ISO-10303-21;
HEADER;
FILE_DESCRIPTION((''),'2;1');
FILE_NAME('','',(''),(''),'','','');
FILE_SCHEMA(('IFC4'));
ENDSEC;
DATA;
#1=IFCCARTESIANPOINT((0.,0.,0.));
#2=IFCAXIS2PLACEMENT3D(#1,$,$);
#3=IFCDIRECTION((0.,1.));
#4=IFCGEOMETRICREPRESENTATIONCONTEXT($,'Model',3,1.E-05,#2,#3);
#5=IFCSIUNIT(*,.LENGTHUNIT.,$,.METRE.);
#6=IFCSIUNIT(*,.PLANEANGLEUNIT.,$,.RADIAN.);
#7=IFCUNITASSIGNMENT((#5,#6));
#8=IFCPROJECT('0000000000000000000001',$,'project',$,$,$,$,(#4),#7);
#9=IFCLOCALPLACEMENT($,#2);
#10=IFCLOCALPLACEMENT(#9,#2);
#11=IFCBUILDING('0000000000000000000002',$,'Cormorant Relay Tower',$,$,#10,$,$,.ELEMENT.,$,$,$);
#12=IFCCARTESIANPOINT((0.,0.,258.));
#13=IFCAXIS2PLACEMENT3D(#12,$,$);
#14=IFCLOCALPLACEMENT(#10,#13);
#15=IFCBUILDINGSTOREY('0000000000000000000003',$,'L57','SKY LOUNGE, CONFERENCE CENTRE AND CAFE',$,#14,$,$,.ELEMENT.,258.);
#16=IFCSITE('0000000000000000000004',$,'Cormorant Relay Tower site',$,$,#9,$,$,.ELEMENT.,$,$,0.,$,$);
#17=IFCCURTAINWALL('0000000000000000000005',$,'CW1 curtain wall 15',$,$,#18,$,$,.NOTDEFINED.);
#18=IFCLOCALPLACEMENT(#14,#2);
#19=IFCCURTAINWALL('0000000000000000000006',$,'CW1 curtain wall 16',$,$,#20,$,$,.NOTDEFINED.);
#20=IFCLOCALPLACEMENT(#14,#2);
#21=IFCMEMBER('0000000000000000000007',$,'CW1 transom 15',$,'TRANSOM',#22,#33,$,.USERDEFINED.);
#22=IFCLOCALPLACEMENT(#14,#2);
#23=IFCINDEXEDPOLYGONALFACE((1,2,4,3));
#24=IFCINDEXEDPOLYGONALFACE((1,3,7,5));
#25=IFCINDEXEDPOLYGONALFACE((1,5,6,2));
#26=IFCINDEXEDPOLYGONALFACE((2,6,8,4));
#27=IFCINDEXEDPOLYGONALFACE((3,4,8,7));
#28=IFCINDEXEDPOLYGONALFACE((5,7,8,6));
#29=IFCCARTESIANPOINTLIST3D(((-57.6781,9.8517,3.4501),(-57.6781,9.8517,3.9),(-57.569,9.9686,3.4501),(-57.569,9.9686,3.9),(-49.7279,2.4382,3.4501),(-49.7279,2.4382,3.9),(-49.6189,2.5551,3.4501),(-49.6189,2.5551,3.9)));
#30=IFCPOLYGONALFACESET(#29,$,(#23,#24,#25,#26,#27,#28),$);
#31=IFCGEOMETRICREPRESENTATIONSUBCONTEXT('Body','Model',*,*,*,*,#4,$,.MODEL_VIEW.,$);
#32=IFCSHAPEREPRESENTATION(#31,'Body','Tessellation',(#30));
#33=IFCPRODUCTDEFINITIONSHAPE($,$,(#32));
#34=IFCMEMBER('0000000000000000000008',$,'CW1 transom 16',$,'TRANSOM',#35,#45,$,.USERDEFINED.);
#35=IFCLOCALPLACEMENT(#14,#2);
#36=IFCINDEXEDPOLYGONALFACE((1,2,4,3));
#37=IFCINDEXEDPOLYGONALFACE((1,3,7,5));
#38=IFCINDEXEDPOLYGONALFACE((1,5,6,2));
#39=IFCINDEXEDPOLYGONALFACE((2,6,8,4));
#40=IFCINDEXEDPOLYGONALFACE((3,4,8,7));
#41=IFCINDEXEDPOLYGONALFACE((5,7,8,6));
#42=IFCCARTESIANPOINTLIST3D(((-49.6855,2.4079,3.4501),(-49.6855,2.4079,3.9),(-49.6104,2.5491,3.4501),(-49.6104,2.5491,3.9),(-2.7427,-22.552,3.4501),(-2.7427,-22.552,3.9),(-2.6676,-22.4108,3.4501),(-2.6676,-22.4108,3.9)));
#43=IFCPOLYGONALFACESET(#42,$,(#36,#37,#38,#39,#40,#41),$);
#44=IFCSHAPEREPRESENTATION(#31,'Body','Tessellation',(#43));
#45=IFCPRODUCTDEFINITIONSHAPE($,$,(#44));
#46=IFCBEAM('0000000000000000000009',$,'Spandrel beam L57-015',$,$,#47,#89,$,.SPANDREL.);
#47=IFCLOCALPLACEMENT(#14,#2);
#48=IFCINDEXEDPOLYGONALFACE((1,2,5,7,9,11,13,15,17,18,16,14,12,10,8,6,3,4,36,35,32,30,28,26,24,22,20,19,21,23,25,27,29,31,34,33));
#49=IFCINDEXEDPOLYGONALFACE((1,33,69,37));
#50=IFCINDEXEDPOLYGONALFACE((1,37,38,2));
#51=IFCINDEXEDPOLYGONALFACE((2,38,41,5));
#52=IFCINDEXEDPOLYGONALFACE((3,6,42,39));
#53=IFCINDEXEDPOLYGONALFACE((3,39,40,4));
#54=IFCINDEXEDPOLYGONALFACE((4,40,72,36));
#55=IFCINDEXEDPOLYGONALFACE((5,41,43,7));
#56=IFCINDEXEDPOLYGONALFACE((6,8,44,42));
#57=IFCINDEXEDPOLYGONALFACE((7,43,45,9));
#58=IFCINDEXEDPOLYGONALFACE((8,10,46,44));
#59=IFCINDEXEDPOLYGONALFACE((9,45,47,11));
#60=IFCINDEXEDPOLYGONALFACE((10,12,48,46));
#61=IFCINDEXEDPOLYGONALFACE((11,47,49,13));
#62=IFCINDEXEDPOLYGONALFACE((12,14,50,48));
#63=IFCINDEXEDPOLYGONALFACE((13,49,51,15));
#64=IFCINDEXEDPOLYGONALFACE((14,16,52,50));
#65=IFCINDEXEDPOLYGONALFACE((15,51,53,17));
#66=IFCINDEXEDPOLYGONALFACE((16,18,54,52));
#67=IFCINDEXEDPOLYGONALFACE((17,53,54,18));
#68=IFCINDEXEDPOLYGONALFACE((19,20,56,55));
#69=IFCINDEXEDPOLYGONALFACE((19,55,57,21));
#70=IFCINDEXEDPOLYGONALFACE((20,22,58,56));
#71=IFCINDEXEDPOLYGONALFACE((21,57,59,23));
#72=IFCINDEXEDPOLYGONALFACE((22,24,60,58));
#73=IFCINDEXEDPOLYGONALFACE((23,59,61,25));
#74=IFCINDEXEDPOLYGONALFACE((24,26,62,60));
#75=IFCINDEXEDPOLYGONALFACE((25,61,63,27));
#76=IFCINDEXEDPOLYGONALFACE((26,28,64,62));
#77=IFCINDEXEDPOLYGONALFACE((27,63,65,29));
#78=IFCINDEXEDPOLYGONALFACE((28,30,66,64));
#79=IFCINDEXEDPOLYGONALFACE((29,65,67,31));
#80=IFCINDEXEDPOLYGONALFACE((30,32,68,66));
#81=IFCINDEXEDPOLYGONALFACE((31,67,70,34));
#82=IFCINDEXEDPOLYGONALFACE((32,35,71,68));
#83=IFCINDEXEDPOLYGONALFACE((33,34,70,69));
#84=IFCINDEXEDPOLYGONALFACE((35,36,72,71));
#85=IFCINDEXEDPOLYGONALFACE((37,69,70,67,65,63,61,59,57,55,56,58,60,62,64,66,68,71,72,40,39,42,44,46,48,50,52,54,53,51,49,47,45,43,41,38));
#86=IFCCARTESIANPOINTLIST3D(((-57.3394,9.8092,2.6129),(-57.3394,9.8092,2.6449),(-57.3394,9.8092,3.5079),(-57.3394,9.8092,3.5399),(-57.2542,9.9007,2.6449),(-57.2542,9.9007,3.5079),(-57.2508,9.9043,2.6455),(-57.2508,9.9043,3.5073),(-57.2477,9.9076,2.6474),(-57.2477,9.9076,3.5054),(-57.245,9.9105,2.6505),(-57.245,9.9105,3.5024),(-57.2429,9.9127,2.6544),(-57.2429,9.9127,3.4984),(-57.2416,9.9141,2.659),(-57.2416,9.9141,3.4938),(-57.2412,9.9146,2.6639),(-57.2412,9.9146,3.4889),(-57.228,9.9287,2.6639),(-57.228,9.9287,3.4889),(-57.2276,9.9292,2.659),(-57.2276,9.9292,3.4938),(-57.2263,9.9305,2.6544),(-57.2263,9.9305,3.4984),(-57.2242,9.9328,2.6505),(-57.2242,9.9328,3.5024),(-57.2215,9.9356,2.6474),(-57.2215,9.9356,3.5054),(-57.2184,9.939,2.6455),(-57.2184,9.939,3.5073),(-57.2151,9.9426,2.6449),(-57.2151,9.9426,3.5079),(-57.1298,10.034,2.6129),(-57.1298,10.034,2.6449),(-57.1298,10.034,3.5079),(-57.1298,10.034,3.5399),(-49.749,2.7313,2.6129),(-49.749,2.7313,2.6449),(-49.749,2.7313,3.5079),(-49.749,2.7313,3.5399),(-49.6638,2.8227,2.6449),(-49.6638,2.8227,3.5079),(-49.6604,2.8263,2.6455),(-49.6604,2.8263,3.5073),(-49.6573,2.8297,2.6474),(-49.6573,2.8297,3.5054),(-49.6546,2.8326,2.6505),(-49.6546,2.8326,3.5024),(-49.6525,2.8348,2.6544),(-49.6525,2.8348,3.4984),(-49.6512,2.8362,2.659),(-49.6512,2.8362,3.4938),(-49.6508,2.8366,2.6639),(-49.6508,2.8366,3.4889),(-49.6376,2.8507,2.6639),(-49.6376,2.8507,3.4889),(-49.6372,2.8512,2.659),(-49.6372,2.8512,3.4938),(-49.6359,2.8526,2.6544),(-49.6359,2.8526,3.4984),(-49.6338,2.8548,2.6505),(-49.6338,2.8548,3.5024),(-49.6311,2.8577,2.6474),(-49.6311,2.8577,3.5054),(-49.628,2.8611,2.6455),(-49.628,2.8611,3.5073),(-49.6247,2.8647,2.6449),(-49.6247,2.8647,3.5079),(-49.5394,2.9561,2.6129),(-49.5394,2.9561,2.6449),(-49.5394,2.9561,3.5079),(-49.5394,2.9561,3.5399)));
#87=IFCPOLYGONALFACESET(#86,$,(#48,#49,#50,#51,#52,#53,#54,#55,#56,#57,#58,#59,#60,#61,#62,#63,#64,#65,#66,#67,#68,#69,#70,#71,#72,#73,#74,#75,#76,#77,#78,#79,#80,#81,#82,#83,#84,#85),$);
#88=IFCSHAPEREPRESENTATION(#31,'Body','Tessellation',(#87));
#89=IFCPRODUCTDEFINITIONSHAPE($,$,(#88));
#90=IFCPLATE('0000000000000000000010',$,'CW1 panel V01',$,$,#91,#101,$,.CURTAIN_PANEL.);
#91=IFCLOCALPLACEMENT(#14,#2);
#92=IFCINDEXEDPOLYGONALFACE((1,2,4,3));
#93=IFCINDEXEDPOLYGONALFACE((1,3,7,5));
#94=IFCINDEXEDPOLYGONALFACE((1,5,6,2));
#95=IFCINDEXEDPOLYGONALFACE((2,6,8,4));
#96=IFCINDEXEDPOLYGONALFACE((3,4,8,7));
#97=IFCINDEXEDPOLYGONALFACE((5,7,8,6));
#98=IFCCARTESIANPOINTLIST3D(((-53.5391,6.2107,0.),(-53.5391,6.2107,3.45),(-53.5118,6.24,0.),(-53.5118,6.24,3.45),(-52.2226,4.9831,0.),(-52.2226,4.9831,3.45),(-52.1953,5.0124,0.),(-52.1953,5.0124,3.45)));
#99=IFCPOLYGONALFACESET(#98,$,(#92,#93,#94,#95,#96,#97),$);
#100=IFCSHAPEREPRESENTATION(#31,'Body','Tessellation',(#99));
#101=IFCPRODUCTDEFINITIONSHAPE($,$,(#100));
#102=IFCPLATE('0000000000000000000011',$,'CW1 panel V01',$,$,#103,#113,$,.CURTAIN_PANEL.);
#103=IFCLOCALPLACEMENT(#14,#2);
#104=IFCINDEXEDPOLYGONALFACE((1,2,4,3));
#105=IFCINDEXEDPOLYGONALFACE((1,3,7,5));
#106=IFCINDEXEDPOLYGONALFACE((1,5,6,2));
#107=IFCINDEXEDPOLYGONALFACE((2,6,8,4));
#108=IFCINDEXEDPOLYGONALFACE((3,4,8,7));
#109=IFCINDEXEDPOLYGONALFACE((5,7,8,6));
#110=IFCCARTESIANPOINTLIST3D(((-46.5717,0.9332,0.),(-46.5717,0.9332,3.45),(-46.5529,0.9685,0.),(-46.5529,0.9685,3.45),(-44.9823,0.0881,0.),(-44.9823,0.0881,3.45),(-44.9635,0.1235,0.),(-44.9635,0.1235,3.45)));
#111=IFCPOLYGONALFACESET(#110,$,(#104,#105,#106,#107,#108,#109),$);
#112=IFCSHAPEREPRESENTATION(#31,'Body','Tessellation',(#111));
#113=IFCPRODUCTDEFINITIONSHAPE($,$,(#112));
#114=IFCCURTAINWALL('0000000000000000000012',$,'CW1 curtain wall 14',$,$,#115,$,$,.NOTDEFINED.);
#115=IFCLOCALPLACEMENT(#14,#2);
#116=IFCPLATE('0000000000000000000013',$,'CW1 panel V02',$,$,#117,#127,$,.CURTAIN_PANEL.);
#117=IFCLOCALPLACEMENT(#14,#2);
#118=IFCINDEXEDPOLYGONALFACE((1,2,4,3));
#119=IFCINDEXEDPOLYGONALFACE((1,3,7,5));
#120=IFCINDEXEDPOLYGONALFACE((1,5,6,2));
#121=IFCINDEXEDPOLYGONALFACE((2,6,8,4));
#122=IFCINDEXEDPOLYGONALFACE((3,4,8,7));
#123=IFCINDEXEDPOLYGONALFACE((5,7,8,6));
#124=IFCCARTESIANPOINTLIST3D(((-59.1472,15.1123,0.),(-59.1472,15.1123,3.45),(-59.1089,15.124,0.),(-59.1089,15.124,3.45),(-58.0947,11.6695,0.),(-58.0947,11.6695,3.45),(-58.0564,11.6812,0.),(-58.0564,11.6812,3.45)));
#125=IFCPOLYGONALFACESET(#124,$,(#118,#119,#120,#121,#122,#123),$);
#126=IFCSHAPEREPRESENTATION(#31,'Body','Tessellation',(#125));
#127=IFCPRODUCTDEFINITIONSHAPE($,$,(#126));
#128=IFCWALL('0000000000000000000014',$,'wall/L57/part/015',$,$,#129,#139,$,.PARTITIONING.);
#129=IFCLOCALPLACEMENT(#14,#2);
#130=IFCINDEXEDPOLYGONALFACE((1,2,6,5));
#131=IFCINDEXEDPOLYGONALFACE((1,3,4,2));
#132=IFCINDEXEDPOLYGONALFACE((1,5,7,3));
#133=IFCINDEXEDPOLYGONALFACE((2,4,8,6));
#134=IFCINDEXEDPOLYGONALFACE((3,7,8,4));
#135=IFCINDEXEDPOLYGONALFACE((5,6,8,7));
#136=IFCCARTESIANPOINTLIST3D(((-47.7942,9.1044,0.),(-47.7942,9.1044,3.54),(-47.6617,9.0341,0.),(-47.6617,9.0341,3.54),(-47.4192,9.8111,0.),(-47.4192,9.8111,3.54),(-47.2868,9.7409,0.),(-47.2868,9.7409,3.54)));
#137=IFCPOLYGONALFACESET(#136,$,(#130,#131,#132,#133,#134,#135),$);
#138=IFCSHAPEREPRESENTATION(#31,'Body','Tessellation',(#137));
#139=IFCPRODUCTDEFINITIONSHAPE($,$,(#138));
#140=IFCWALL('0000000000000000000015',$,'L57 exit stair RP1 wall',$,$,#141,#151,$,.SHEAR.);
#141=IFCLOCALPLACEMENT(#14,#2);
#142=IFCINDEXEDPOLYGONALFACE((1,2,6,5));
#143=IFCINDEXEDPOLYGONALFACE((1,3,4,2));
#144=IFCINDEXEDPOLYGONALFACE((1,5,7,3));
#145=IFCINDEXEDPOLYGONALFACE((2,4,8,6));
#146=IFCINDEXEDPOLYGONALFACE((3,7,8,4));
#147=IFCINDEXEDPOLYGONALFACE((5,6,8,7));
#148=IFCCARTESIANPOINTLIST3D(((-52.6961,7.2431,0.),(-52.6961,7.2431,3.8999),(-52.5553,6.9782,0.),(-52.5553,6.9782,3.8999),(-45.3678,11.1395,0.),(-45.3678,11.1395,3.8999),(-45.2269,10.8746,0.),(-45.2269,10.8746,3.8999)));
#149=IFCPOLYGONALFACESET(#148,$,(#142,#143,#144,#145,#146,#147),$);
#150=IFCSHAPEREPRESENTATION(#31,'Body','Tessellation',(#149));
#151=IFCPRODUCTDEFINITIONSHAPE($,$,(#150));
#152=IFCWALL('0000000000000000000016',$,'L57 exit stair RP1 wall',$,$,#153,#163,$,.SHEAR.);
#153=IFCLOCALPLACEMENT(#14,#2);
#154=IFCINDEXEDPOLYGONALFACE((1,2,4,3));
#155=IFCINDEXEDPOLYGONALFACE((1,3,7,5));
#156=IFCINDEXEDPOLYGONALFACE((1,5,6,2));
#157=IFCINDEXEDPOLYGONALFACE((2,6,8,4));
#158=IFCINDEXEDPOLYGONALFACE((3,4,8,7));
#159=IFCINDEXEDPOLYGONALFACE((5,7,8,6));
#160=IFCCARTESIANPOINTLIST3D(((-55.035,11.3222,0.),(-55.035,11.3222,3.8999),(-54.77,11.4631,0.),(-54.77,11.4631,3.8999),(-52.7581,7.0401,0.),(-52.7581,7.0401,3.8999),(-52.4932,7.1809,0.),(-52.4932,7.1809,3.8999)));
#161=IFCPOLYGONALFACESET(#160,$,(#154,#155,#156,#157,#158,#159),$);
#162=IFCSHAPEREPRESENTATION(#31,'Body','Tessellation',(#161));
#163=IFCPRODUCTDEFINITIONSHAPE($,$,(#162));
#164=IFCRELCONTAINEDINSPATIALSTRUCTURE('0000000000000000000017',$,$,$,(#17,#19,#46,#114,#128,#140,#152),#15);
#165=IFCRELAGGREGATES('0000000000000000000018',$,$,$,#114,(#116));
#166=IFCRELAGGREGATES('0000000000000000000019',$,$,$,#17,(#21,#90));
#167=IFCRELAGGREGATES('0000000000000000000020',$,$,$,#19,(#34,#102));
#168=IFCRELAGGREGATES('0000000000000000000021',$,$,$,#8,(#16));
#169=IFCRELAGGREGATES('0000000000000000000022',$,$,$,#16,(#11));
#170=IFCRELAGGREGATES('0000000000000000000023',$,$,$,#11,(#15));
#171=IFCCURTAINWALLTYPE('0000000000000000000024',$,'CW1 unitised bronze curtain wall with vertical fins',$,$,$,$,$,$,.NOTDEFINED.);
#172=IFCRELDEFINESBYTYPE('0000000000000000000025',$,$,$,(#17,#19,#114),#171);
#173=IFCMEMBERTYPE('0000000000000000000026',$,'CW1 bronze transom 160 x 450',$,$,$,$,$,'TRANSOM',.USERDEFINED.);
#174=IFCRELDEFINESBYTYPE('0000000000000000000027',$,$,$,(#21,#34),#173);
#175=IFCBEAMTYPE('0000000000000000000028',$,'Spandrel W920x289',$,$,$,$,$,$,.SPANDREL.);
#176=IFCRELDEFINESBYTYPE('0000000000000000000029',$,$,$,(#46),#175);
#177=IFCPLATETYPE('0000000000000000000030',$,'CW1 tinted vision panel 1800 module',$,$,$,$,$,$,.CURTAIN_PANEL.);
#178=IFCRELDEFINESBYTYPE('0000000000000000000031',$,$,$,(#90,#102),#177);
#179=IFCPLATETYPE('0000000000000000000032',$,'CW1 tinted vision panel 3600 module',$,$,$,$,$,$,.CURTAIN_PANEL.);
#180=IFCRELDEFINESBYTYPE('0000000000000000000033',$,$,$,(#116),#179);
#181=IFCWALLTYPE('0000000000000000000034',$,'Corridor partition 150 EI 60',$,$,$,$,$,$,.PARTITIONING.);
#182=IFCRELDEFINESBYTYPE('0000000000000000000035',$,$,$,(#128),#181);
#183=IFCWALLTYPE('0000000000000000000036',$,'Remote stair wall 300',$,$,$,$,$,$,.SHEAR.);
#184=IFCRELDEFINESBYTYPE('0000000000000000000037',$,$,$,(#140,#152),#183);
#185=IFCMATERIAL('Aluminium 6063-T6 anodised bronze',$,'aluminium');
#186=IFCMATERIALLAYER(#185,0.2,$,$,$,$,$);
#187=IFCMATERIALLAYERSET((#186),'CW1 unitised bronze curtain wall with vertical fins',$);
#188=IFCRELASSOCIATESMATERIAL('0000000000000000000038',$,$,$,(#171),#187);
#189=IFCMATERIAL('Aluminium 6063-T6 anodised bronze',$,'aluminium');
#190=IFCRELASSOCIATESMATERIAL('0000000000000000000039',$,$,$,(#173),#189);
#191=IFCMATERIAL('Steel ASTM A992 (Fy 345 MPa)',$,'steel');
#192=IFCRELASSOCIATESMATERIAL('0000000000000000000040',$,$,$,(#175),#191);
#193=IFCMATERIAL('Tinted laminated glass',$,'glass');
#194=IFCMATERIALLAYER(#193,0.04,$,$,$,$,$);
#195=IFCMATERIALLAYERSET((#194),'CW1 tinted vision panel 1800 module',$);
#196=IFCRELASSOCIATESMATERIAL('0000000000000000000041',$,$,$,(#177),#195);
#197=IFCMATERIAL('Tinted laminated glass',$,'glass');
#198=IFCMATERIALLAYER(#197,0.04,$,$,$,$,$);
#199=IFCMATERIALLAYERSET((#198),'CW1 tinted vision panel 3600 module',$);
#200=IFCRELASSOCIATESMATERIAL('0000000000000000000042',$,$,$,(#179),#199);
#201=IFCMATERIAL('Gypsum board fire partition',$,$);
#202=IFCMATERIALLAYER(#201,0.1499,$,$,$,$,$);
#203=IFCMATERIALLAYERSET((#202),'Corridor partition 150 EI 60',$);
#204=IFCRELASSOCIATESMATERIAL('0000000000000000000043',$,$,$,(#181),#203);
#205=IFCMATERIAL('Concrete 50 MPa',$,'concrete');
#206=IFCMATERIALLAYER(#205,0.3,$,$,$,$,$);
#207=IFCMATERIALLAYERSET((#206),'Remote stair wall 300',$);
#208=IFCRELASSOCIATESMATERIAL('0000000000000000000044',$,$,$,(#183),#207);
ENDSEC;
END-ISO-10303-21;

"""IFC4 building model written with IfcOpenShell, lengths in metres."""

from ifc_helpers import new_model, si_unit, direction, frame, frame_2d, origin, origin_2d, place, context, subcontext, project, spatial, rectangle, i_section, extrude, material, layer, layer_set, material_profile, profile_set, type_object, element, aggregate, save


model = new_model("IFC4")

# Units and contexts
model_context = context("Model", 3, precision=1e-05, world=origin(), true_north=direction((0.0, 1.0)))
body_context = subcontext(model_context, "Body", "Model", "MODEL_VIEW")
ifc_project = project(units=[si_unit("LENGTHUNIT", "METRE"), si_unit("PLANEANGLEUNIT", "RADIAN")], contexts=[model_context])

# Site, building, storey
site_placement = place(None, origin())
site = spatial("IfcSite", under=ifc_project, at=site_placement, Name="Cormorant Relay Tower site", CompositionType="ELEMENT", RefElevation=0.0)
building_placement = place(site_placement, origin())
building = spatial("IfcBuilding", under=site, at=building_placement, Name="Cormorant Relay Tower", CompositionType="ELEMENT")
storey_placement = place(building_placement, frame((0.0, 0.0, 258.0)))
storey = spatial("IfcBuildingStorey", under=building, at=storey_placement, Name="L57", Description="SKY LOUNGE, CONFERENCE CENTRE AND CAFE", CompositionType="ELEMENT", Elevation=258.0)

# Curtain walls
ifc_material_1 = material(Name="Aluminium 6063-T6 anodised bronze", Category="aluminium")
ifc_layer_1 = layer(ifc_material_1, 0.2)
ifc_layer_set_1 = layer_set([ifc_layer_1], Name="CW1 unitised bronze curtain wall with vertical fins")
curtain_wall_type = type_object("IfcCurtainWallType", Name="CW1 unitised bronze curtain wall with vertical fins", PredefinedType="NOTDEFINED", material=ifc_layer_set_1)
curtain_wall_1_placement = place(storey_placement, origin())
curtain_wall_1 = element("IfcCurtainWall", 1, at=curtain_wall_1_placement, inside=storey, type_object=curtain_wall_type, Name="CW1 curtain wall 15", PredefinedType="NOTDEFINED")
curtain_wall_2_placement = place(storey_placement, origin())
curtain_wall_2 = element("IfcCurtainWall", 2, at=curtain_wall_2_placement, inside=storey, type_object=curtain_wall_type, Name="CW1 curtain wall 16", PredefinedType="NOTDEFINED")

# Members
ifc_material_2 = material(Name="Aluminium 6063-T6 anodised bronze", Category="aluminium")
ifc_material_profile_1 = material_profile(ifc_material_2, rectangle(XDim=0.1599, YDim=0.45, at=origin_2d()), Name="AL 160x450")
ifc_profile_set_1 = profile_set([ifc_material_profile_1], Name="Aluminium 6063-T6 anodised bronze")
member_type_1 = type_object("IfcMemberType", Name="CW1 bronze transom 160 x 450", ElementType="TRANSOM", PredefinedType="USERDEFINED", material=ifc_profile_set_1)
member_1_placement = place(storey_placement, frame((-57.6235, 9.9102, 3.675), z_axis=(0.731358, -0.681993, 0.0), x_axis=(0.681993, 0.731358, 0.0)))
member_1 = element("IfcMember", 3, at=member_1_placement, type_object=member_type_1, Name="CW1 transom 15", ObjectType="TRANSOM", PredefinedType="USERDEFINED", context=body_context, shape_type="SweptSolid", body=[
    extrude(rectangle(XDim=0.1599, YDim=0.45, at=origin_2d()), origin(), (0.0, 0.0, 1.0), 10.8704),
])
member_2_placement = place(storey_placement, frame((-49.6479, 2.4785, 3.675), z_axis=(0.882948, -0.469471, 0.0), x_axis=(0.469471, 0.882948, 0.0)))
member_2 = element("IfcMember", 4, at=member_2_placement, type_object=member_type_1, Name="CW1 transom 16", ObjectType="TRANSOM", PredefinedType="USERDEFINED", context=body_context, shape_type="SweptSolid", body=[
    extrude(rectangle(XDim=0.1599, YDim=0.45, at=origin_2d()), origin(), (0.0, 0.0, 1.0), 53.166),
])

# Beam
ifc_material_3 = material(Name="Steel ASTM A992 (Fy 345 MPa)", Category="steel")
ifc_material_profile_2 = material_profile(ifc_material_3, i_section(OverallWidth=0.3074, OverallDepth=0.927, WebThickness=0.0193, FlangeThickness=0.032, FilletRadius=0.019, at=origin_2d()), Name="W920x289")
ifc_profile_set_2 = profile_set([ifc_material_profile_2], Name="Steel ASTM A992 (Fy 345 MPa)")
beam_type = type_object("IfcBeamType", Name="Spandrel W920x289", PredefinedType="SPANDREL", material=ifc_profile_set_2)
beam_placement = place(storey_placement, frame((-57.2346, 9.9216, 3.0764), z_axis=(0.731364, -0.681987, 0.0), x_axis=(0.681987, 0.731364, 0.0)))
element("IfcBeam", 5, at=beam_placement, inside=storey, type_object=beam_type, Name="Spandrel beam L57-015", PredefinedType="SPANDREL", context=body_context, shape_type="SweptSolid", body=[
    extrude(i_section(OverallWidth=0.3074, OverallDepth=0.927, WebThickness=0.0193, FlangeThickness=0.032, FilletRadius=0.019, at=origin_2d()), origin(), (0.0, 0.0, 1.0), 10.3784),
])

# Plates
ifc_material_4 = material(Name="Tinted laminated glass", Category="glass")
ifc_layer_2 = layer(ifc_material_4, 0.04)
ifc_layer_set_2 = layer_set([ifc_layer_2], Name="CW1 tinted vision panel 1800 module")
plate_type_1 = type_object("IfcPlateType", Name="CW1 tinted vision panel 1800 module", PredefinedType="CURTAIN_PANEL", material=ifc_layer_set_2)
plate_1_placement = place(storey_placement, frame((-52.8672, 5.6116, 0.0), z_axis=(0.0, 0.0, 1.0), x_axis=(0.731354, -0.681998, 0.0)))
plate_1 = element("IfcPlate", 6, at=plate_1_placement, type_object=plate_type_1, Name="CW1 panel V01", PredefinedType="CURTAIN_PANEL", context=body_context, shape_type="SweptSolid", body=[
    extrude(rectangle(XDim=1.8, YDim=0.04, at=origin_2d()), origin(), (0.0, 0.0, 1.0), 3.45),
])
plate_2_placement = place(storey_placement, frame((-45.7676, 0.5283, 0.0), z_axis=(0.0, 0.0, 1.0), x_axis=(0.882948, -0.469472, 0.0)))
plate_2 = element("IfcPlate", 7, at=plate_2_placement, type_object=plate_type_1, Name="CW1 panel V01", PredefinedType="CURTAIN_PANEL", context=body_context, shape_type="SweptSolid", body=[
    extrude(rectangle(XDim=1.8, YDim=0.04, at=origin_2d()), origin(), (0.0, 0.0, 1.0), 3.45),
])

# Curtain wall, plate
curtain_wall_3_placement = place(storey_placement, origin())
curtain_wall_3 = element("IfcCurtainWall", 8, at=curtain_wall_3_placement, inside=storey, type_object=curtain_wall_type, Name="CW1 curtain wall 14", PredefinedType="NOTDEFINED")
ifc_material_5 = material(Name="Tinted laminated glass", Category="glass")
ifc_layer_3 = layer(ifc_material_5, 0.04)
ifc_layer_set_3 = layer_set([ifc_layer_3], Name="CW1 tinted vision panel 3600 module")
plate_type_2 = type_object("IfcPlateType", Name="CW1 tinted vision panel 3600 module", PredefinedType="CURTAIN_PANEL", material=ifc_layer_set_3)
plate_3_placement = place(storey_placement, frame((-58.6018, 13.3967, 0.0), z_axis=(0.0, 0.0, 1.0), x_axis=(0.292372, -0.956305, 0.0)))
plate_3 = element("IfcPlate", 9, at=plate_3_placement, type_object=plate_type_2, Name="CW1 panel V02", PredefinedType="CURTAIN_PANEL", context=body_context, shape_type="SweptSolid", body=[
    extrude(rectangle(XDim=3.6001, YDim=0.04, at=origin_2d()), origin(), (0.0, 0.0, 1.0), 3.45),
])

# Walls
ifc_material_6 = material(Name="Gypsum board fire partition")
ifc_layer_4 = layer(ifc_material_6, 0.1499)
ifc_layer_set_4 = layer_set([ifc_layer_4], Name="Corridor partition 150 EI 60")
wall_type_1 = type_object("IfcWallType", Name="Corridor partition 150 EI 60", PredefinedType="PARTITIONING", material=ifc_layer_set_4)
wall_1_placement = place(storey_placement, frame((-47.353, 9.7759, 0.0), z_axis=(0.0, 0.0, 1.0), x_axis=(-0.468687, -0.883364, 0.0)))
element("IfcWall", 10, at=wall_1_placement, inside=storey, type_object=wall_type_1, Name="wall/L57/part/015", PredefinedType="PARTITIONING", context=body_context, shape_type="SweptSolid", body=[
    extrude(rectangle(XDim=0.8, YDim=0.1499, at=frame_2d((0.3999, 0.0))), origin(), (0.0, 0.0, 1.0), 3.54),
])
ifc_material_7 = material(Name="Concrete 50 MPa", Category="concrete")
ifc_layer_5 = layer(ifc_material_7, 0.3)
ifc_layer_set_5 = layer_set([ifc_layer_5], Name="Remote stair wall 300")
wall_type_2 = type_object("IfcWallType", Name="Remote stair wall 300", PredefinedType="SHEAR", material=ifc_layer_set_5)
wall_2_placement = place(storey_placement, frame((-45.2974, 11.0071, 0.0), z_axis=(0.0, 0.0, 1.0), x_axis=(-0.882952, -0.469464, 0.0)))
element("IfcWall", 11, at=wall_2_placement, inside=storey, type_object=wall_type_2, Name="L57 exit stair RP1 wall", PredefinedType="SHEAR", context=body_context, shape_type="SweptSolid", body=[
    extrude(rectangle(XDim=8.2998, YDim=0.3, at=frame_2d((4.1499, 0.0))), origin(), (0.0, 0.0, 1.0), 3.8999),
])
wall_3_placement = place(storey_placement, frame((-52.6257, 7.1106, 0.0), z_axis=(0.0, 0.0, 1.0), x_axis=(-0.469464, 0.882951, 0.0)))
element("IfcWall", 12, at=wall_3_placement, inside=storey, type_object=wall_type_2, Name="L57 exit stair RP1 wall", PredefinedType="SHEAR", context=body_context, shape_type="SweptSolid", body=[
    extrude(rectangle(XDim=4.8499, YDim=0.3, at=frame_2d((2.4248, 0.0))), origin(), (0.0, 0.0, 1.0), 3.8999),
])

aggregate(curtain_wall_3, [plate_3])
aggregate(curtain_wall_1, [member_1, plate_1])
aggregate(curtain_wall_2, [member_2, plate_2])

save(model, "model.ifc")
